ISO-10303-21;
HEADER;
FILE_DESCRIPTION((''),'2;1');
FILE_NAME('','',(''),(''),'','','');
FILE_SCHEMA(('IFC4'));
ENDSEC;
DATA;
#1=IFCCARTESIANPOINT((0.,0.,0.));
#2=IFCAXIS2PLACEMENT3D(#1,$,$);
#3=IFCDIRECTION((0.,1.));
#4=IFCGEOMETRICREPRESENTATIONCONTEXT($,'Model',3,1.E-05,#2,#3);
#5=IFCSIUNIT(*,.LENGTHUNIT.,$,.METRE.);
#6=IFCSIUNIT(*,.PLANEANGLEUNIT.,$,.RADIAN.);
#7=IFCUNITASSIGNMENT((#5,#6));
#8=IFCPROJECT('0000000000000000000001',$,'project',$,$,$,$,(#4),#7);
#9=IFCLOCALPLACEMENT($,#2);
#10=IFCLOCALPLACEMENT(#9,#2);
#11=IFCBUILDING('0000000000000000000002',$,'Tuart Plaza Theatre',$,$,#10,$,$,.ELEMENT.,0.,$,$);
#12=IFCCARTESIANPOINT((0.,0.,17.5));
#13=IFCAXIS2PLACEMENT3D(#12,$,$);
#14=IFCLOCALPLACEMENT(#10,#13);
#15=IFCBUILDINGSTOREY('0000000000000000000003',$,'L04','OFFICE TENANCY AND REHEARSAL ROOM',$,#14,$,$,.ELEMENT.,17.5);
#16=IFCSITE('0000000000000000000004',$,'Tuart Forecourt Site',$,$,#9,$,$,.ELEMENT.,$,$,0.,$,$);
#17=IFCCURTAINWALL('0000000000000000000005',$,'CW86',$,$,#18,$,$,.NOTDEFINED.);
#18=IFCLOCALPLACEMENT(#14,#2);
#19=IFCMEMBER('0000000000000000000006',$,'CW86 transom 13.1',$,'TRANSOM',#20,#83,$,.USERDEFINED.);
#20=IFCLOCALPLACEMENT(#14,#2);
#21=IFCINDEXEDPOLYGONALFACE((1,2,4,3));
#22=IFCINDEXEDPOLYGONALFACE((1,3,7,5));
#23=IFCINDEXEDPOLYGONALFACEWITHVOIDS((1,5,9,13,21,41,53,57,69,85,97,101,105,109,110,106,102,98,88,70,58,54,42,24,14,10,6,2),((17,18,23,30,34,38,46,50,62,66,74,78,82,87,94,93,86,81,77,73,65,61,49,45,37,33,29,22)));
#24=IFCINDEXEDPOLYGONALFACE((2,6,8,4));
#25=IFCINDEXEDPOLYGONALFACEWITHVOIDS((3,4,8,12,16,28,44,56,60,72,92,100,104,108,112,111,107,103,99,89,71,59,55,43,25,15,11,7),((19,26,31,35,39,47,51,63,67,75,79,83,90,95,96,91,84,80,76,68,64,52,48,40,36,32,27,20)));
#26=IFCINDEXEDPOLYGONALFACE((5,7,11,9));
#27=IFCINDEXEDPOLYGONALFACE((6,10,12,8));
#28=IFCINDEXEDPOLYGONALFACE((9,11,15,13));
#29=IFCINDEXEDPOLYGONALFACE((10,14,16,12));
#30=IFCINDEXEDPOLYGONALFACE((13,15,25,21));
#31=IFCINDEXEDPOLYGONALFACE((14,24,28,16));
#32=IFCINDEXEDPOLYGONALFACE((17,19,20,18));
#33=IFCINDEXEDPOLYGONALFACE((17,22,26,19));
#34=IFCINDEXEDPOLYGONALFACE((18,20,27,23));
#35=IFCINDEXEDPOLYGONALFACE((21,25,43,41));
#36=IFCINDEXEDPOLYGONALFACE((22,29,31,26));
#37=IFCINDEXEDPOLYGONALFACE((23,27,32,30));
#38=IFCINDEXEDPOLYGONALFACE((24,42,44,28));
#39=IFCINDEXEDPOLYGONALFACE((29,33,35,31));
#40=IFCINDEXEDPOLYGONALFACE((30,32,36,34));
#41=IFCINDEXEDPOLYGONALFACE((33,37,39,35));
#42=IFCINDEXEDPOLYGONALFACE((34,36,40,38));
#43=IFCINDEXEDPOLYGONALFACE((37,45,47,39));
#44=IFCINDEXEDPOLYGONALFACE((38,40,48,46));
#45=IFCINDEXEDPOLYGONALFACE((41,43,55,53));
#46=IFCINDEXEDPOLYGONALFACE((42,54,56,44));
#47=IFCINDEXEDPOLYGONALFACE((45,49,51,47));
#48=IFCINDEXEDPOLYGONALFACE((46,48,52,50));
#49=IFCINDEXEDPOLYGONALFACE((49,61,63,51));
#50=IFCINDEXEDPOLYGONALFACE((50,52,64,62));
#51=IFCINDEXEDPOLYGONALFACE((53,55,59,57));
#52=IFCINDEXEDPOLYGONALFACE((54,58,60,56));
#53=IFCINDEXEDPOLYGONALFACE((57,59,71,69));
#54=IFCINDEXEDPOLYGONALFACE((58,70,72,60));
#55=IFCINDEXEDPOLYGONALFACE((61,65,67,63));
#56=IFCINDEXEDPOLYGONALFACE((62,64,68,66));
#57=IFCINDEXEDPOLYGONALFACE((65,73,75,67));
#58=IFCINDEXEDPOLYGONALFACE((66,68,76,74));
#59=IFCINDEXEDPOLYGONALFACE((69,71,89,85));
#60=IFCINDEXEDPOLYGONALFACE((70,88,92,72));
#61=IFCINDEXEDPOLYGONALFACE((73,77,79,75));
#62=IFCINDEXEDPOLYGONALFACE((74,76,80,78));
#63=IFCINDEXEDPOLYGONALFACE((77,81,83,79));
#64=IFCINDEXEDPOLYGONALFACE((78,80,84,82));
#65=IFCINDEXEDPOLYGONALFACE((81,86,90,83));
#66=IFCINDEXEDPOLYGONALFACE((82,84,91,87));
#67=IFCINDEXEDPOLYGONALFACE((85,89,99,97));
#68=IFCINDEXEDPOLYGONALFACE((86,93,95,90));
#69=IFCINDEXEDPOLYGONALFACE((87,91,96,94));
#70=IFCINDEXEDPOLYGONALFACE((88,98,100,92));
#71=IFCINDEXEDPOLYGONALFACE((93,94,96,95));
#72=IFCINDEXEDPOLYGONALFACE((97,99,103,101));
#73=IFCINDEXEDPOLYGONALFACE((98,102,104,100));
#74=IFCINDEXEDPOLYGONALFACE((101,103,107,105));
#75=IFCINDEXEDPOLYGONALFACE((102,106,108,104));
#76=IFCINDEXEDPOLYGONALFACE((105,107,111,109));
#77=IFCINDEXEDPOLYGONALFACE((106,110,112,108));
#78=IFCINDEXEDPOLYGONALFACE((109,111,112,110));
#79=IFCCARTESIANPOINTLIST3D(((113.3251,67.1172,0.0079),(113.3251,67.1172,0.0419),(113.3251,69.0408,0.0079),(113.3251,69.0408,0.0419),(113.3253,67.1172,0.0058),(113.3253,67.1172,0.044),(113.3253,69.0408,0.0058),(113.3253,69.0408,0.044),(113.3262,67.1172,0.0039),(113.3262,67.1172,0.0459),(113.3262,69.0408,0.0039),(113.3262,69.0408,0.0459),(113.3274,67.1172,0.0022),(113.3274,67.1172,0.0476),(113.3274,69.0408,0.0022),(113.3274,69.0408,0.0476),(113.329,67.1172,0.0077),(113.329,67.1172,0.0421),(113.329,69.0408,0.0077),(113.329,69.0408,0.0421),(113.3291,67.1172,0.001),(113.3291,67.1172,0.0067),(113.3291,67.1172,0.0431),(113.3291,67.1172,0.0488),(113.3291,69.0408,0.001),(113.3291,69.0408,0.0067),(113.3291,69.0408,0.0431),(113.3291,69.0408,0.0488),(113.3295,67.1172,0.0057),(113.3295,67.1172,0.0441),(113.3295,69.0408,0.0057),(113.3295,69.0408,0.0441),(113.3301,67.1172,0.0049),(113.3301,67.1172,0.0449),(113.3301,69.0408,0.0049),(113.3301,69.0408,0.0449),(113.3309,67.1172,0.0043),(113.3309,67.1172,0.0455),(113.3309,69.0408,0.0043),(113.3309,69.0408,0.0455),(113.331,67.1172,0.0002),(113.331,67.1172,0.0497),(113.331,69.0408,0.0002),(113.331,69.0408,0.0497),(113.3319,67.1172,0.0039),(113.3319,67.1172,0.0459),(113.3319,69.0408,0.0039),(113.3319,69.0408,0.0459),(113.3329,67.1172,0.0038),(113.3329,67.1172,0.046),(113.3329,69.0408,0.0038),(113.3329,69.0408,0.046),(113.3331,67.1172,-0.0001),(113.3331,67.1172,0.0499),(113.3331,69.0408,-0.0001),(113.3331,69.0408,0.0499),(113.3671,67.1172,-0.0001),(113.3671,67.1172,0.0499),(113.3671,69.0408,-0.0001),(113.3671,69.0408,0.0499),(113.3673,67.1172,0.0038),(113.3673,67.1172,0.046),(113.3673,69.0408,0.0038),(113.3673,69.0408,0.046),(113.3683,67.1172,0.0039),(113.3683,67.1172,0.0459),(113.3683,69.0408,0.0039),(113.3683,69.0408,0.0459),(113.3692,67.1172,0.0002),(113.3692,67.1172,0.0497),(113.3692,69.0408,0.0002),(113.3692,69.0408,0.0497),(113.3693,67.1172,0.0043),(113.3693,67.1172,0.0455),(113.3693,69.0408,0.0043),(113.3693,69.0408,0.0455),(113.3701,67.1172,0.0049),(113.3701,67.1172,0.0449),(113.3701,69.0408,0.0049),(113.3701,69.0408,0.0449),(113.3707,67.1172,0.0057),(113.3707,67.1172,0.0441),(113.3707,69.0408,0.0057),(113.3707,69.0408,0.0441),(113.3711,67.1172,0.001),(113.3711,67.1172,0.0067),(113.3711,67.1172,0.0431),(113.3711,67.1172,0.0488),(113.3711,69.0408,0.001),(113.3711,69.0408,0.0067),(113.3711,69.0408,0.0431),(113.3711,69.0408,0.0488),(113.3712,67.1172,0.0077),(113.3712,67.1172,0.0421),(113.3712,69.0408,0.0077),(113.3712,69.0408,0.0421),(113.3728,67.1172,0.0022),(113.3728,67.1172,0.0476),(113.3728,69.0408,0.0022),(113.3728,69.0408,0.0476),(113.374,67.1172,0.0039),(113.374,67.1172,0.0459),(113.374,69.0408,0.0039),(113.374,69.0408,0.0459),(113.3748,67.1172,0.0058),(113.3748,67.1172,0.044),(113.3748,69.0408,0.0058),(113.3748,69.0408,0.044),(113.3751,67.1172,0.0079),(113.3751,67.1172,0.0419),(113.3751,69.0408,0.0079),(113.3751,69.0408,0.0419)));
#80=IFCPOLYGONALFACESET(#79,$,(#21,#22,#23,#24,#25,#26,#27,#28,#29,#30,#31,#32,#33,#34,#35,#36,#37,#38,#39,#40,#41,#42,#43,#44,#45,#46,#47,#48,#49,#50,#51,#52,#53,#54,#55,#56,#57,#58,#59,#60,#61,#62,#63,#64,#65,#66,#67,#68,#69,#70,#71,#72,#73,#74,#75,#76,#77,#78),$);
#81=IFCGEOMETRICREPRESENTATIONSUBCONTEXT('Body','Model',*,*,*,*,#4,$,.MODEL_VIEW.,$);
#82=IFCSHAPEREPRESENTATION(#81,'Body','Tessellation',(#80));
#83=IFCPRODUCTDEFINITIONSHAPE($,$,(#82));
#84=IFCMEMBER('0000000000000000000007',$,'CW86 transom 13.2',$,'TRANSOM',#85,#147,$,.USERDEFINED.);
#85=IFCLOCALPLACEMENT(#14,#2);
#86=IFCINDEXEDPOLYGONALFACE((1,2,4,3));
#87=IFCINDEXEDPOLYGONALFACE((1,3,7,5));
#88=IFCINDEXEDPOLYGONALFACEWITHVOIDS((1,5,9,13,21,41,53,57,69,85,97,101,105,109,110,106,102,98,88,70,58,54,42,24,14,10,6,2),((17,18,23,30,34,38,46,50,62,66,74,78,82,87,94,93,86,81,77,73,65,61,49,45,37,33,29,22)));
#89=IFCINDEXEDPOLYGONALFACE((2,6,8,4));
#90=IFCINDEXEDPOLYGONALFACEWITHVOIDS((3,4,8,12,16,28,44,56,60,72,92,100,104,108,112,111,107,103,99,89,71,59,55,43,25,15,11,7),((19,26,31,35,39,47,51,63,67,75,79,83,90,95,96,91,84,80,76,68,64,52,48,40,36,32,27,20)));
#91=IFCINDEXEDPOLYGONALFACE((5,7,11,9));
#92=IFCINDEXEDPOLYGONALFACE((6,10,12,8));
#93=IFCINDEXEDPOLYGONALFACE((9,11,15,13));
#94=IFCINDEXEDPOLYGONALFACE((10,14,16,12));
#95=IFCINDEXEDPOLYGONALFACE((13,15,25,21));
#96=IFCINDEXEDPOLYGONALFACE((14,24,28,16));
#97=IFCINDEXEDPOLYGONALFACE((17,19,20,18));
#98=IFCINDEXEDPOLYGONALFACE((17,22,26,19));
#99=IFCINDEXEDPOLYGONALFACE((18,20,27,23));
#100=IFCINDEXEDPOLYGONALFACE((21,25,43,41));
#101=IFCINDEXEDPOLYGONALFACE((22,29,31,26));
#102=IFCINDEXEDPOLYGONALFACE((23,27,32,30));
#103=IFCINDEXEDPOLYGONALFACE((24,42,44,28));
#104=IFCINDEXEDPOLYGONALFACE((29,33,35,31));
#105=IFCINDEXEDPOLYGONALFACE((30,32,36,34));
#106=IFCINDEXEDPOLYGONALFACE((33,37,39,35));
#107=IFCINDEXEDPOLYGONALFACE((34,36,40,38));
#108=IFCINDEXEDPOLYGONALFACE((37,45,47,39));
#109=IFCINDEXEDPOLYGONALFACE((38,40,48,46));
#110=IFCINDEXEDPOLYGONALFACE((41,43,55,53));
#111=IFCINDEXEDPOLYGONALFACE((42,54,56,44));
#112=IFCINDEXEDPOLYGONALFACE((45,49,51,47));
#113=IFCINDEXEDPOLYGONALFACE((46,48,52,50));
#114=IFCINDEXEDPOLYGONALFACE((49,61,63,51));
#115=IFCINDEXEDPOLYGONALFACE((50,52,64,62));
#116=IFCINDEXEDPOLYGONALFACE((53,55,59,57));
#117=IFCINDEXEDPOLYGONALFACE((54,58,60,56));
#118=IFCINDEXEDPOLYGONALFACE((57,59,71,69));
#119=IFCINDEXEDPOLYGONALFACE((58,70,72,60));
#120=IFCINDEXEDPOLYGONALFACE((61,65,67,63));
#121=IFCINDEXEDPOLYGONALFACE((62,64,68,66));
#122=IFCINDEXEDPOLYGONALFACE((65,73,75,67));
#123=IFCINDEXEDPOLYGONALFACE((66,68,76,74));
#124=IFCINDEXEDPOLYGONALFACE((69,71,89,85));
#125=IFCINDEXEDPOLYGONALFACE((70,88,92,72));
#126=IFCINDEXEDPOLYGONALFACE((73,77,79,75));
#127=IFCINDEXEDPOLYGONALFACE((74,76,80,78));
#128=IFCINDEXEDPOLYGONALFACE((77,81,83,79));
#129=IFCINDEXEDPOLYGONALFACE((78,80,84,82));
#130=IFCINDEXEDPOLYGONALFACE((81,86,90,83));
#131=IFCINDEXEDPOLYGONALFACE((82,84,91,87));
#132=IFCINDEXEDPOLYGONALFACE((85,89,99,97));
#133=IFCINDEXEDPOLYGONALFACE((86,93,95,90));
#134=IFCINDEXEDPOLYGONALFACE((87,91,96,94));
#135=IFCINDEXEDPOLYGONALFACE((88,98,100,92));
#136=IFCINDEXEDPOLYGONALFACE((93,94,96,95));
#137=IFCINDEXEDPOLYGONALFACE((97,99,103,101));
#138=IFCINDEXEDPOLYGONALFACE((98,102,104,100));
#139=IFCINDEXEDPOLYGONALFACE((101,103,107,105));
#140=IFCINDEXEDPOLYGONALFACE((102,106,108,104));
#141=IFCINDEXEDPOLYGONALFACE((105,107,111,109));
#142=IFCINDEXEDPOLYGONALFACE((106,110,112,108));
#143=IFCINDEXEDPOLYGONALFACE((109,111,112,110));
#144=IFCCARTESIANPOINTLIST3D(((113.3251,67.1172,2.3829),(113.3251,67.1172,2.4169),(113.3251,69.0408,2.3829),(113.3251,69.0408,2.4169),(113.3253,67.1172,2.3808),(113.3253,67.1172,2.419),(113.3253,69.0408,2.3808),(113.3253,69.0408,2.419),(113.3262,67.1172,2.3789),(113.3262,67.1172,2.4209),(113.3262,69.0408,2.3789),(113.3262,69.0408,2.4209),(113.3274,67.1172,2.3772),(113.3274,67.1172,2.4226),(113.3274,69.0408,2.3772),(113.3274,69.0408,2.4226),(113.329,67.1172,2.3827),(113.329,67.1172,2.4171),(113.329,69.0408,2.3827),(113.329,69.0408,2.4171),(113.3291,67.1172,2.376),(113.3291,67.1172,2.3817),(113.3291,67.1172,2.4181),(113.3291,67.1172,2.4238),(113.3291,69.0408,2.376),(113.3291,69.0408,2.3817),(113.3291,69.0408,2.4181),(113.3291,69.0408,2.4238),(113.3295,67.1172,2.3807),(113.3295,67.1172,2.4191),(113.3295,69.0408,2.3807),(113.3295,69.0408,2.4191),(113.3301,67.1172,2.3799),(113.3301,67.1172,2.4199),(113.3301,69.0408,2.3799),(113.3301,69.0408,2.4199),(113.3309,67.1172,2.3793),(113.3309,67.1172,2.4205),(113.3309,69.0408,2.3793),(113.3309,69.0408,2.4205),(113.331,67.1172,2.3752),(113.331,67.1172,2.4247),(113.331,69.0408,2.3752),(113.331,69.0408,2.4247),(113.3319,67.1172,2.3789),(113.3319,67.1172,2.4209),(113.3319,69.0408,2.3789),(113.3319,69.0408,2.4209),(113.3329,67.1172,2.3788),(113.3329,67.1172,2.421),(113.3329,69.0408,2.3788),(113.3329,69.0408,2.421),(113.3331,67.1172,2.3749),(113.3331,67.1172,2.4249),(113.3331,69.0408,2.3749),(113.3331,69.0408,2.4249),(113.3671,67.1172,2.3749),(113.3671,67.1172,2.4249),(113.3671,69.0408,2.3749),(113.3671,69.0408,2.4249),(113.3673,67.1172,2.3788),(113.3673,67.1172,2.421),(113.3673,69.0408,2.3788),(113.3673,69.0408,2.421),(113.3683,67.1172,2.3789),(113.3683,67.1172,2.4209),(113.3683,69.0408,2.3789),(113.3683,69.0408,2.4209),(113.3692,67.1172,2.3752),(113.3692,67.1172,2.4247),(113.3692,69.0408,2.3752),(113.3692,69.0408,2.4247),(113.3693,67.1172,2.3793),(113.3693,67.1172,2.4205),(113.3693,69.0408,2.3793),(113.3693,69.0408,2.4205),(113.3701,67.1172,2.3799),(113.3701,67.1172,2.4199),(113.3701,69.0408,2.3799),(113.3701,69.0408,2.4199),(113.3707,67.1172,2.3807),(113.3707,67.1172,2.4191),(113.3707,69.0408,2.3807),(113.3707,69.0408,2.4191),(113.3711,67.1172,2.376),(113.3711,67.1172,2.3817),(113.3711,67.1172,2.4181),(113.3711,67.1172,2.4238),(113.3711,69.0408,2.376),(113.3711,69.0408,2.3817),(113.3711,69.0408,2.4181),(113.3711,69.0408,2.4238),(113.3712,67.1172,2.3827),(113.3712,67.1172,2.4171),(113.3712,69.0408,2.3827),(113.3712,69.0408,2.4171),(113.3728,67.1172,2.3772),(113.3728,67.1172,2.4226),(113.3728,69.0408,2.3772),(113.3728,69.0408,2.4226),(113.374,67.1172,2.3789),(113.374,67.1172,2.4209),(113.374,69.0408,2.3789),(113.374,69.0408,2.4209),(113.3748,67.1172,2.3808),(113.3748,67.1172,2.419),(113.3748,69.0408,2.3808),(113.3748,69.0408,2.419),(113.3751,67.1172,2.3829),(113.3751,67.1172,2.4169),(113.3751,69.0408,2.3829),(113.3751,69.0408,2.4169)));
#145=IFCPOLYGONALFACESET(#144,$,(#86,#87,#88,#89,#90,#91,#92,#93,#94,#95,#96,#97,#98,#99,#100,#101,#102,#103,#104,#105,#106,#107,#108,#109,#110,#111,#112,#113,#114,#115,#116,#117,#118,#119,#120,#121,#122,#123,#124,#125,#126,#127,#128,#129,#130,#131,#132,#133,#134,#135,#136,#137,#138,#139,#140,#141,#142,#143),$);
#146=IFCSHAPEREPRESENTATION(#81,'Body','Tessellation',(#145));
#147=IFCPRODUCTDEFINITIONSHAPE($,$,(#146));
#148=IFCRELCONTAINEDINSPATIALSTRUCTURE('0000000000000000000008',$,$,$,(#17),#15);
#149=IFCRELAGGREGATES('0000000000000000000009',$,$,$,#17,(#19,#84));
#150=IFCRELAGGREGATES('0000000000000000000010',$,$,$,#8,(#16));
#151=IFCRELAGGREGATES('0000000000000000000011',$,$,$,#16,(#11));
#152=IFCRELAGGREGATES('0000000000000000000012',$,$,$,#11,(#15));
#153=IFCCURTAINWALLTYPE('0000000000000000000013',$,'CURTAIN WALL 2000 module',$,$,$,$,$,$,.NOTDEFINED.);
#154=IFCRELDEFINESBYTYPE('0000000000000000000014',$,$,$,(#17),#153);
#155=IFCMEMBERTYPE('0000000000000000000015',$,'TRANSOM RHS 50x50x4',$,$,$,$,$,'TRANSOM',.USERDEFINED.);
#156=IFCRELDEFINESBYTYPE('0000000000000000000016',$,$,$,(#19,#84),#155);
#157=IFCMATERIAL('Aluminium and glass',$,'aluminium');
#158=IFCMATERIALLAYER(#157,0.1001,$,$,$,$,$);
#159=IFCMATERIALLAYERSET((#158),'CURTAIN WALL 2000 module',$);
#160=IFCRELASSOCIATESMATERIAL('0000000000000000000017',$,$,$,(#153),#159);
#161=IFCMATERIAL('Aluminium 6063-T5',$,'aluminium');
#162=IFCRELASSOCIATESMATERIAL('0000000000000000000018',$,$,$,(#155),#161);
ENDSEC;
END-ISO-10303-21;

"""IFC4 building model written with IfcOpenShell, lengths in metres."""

from ifc_helpers import new_model, si_unit, direction, frame, origin, origin_2d, place, context, subcontext, project, spatial, hollow_rectangle, extrude, material, layer, layer_set, material_profile, profile_set, type_object, element, aggregate, save


model = new_model("IFC4")

# Units and contexts
model_context = context("Model", 3, precision=1e-05, world=origin(), true_north=direction((0.0, 1.0)))
body_context = subcontext(model_context, "Body", "Model", "MODEL_VIEW")
ifc_project = project(units=[si_unit("LENGTHUNIT", "METRE"), si_unit("PLANEANGLEUNIT", "RADIAN")], contexts=[model_context])

# Site, building, storey
site_placement = place(None, origin())
site = spatial("IfcSite", under=ifc_project, at=site_placement, Name="Tuart Forecourt Site", CompositionType="ELEMENT", RefElevation=0.0)
building_placement = place(site_placement, origin())
building = spatial("IfcBuilding", under=site, at=building_placement, Name="Tuart Plaza Theatre", CompositionType="ELEMENT", ElevationOfRefHeight=0.0)
storey_placement = place(building_placement, frame((0.0, 0.0, 17.5)))
storey = spatial("IfcBuildingStorey", under=building, at=storey_placement, Name="L04", Description="OFFICE TENANCY AND REHEARSAL ROOM", CompositionType="ELEMENT", Elevation=17.5)

# Curtain wall, members
ifc_material_1 = material(Name="Aluminium and glass", Category="aluminium")
ifc_layer_1 = layer(ifc_material_1, 0.1001)
ifc_layer_set_1 = layer_set([ifc_layer_1], Name="CURTAIN WALL 2000 module")
curtain_wall_type = type_object("IfcCurtainWallType", Name="CURTAIN WALL 2000 module", PredefinedType="NOTDEFINED", material=ifc_layer_set_1)
curtain_wall_placement = place(storey_placement, origin())
curtain_wall = element("IfcCurtainWall", 1, at=curtain_wall_placement, inside=storey, type_object=curtain_wall_type, Name="CW86", PredefinedType="NOTDEFINED")
ifc_material_2 = material(Name="Aluminium 6063-T5", Category="aluminium")
ifc_material_profile_1 = material_profile(ifc_material_2, hollow_rectangle(XDim=0.05, YDim=0.05, WallThickness=0.0039, InnerFilletRadius=0.0039, OuterFilletRadius=0.0081, at=origin_2d()), Name="RHS 50x50x4")
ifc_profile_set_1 = profile_set([ifc_material_profile_1], Name="Aluminium 6063-T5")
member_type_1 = type_object("IfcMemberType", Name="TRANSOM RHS 50x50x4", ElementType="TRANSOM", PredefinedType="USERDEFINED", material=ifc_profile_set_1)
member_1_placement = place(storey_placement, frame((113.3501, 69.0408, 0.0249), z_axis=(0.0, -1.0, 0.0), x_axis=(1.0, 0.0, 0.0)))
member_1 = element("IfcMember", 2, at=member_1_placement, type_object=member_type_1, Name="CW86 transom 13.1", ObjectType="TRANSOM", PredefinedType="USERDEFINED", context=body_context, shape_type="SweptSolid", body=[
    extrude(hollow_rectangle(XDim=0.05, YDim=0.05, WallThickness=0.0039, InnerFilletRadius=0.0039, OuterFilletRadius=0.0081, at=origin_2d()), origin(), (0.0, 0.0, 1.0), 1.9236),
])
member_2_placement = place(storey_placement, frame((113.3501, 69.0408, 2.3999), z_axis=(0.0, -1.0, 0.0), x_axis=(1.0, 0.0, 0.0)))
member_2 = element("IfcMember", 3, at=member_2_placement, type_object=member_type_1, Name="CW86 transom 13.2", ObjectType="TRANSOM", PredefinedType="USERDEFINED", context=body_context, shape_type="SweptSolid", body=[
    extrude(hollow_rectangle(XDim=0.05, YDim=0.05, WallThickness=0.0039, InnerFilletRadius=0.0039, OuterFilletRadius=0.0081, at=origin_2d()), origin(), (0.0, 0.0, 1.0), 1.9236),
])
aggregate(curtain_wall, [member_1, member_2])

save(model, "model.ifc")
